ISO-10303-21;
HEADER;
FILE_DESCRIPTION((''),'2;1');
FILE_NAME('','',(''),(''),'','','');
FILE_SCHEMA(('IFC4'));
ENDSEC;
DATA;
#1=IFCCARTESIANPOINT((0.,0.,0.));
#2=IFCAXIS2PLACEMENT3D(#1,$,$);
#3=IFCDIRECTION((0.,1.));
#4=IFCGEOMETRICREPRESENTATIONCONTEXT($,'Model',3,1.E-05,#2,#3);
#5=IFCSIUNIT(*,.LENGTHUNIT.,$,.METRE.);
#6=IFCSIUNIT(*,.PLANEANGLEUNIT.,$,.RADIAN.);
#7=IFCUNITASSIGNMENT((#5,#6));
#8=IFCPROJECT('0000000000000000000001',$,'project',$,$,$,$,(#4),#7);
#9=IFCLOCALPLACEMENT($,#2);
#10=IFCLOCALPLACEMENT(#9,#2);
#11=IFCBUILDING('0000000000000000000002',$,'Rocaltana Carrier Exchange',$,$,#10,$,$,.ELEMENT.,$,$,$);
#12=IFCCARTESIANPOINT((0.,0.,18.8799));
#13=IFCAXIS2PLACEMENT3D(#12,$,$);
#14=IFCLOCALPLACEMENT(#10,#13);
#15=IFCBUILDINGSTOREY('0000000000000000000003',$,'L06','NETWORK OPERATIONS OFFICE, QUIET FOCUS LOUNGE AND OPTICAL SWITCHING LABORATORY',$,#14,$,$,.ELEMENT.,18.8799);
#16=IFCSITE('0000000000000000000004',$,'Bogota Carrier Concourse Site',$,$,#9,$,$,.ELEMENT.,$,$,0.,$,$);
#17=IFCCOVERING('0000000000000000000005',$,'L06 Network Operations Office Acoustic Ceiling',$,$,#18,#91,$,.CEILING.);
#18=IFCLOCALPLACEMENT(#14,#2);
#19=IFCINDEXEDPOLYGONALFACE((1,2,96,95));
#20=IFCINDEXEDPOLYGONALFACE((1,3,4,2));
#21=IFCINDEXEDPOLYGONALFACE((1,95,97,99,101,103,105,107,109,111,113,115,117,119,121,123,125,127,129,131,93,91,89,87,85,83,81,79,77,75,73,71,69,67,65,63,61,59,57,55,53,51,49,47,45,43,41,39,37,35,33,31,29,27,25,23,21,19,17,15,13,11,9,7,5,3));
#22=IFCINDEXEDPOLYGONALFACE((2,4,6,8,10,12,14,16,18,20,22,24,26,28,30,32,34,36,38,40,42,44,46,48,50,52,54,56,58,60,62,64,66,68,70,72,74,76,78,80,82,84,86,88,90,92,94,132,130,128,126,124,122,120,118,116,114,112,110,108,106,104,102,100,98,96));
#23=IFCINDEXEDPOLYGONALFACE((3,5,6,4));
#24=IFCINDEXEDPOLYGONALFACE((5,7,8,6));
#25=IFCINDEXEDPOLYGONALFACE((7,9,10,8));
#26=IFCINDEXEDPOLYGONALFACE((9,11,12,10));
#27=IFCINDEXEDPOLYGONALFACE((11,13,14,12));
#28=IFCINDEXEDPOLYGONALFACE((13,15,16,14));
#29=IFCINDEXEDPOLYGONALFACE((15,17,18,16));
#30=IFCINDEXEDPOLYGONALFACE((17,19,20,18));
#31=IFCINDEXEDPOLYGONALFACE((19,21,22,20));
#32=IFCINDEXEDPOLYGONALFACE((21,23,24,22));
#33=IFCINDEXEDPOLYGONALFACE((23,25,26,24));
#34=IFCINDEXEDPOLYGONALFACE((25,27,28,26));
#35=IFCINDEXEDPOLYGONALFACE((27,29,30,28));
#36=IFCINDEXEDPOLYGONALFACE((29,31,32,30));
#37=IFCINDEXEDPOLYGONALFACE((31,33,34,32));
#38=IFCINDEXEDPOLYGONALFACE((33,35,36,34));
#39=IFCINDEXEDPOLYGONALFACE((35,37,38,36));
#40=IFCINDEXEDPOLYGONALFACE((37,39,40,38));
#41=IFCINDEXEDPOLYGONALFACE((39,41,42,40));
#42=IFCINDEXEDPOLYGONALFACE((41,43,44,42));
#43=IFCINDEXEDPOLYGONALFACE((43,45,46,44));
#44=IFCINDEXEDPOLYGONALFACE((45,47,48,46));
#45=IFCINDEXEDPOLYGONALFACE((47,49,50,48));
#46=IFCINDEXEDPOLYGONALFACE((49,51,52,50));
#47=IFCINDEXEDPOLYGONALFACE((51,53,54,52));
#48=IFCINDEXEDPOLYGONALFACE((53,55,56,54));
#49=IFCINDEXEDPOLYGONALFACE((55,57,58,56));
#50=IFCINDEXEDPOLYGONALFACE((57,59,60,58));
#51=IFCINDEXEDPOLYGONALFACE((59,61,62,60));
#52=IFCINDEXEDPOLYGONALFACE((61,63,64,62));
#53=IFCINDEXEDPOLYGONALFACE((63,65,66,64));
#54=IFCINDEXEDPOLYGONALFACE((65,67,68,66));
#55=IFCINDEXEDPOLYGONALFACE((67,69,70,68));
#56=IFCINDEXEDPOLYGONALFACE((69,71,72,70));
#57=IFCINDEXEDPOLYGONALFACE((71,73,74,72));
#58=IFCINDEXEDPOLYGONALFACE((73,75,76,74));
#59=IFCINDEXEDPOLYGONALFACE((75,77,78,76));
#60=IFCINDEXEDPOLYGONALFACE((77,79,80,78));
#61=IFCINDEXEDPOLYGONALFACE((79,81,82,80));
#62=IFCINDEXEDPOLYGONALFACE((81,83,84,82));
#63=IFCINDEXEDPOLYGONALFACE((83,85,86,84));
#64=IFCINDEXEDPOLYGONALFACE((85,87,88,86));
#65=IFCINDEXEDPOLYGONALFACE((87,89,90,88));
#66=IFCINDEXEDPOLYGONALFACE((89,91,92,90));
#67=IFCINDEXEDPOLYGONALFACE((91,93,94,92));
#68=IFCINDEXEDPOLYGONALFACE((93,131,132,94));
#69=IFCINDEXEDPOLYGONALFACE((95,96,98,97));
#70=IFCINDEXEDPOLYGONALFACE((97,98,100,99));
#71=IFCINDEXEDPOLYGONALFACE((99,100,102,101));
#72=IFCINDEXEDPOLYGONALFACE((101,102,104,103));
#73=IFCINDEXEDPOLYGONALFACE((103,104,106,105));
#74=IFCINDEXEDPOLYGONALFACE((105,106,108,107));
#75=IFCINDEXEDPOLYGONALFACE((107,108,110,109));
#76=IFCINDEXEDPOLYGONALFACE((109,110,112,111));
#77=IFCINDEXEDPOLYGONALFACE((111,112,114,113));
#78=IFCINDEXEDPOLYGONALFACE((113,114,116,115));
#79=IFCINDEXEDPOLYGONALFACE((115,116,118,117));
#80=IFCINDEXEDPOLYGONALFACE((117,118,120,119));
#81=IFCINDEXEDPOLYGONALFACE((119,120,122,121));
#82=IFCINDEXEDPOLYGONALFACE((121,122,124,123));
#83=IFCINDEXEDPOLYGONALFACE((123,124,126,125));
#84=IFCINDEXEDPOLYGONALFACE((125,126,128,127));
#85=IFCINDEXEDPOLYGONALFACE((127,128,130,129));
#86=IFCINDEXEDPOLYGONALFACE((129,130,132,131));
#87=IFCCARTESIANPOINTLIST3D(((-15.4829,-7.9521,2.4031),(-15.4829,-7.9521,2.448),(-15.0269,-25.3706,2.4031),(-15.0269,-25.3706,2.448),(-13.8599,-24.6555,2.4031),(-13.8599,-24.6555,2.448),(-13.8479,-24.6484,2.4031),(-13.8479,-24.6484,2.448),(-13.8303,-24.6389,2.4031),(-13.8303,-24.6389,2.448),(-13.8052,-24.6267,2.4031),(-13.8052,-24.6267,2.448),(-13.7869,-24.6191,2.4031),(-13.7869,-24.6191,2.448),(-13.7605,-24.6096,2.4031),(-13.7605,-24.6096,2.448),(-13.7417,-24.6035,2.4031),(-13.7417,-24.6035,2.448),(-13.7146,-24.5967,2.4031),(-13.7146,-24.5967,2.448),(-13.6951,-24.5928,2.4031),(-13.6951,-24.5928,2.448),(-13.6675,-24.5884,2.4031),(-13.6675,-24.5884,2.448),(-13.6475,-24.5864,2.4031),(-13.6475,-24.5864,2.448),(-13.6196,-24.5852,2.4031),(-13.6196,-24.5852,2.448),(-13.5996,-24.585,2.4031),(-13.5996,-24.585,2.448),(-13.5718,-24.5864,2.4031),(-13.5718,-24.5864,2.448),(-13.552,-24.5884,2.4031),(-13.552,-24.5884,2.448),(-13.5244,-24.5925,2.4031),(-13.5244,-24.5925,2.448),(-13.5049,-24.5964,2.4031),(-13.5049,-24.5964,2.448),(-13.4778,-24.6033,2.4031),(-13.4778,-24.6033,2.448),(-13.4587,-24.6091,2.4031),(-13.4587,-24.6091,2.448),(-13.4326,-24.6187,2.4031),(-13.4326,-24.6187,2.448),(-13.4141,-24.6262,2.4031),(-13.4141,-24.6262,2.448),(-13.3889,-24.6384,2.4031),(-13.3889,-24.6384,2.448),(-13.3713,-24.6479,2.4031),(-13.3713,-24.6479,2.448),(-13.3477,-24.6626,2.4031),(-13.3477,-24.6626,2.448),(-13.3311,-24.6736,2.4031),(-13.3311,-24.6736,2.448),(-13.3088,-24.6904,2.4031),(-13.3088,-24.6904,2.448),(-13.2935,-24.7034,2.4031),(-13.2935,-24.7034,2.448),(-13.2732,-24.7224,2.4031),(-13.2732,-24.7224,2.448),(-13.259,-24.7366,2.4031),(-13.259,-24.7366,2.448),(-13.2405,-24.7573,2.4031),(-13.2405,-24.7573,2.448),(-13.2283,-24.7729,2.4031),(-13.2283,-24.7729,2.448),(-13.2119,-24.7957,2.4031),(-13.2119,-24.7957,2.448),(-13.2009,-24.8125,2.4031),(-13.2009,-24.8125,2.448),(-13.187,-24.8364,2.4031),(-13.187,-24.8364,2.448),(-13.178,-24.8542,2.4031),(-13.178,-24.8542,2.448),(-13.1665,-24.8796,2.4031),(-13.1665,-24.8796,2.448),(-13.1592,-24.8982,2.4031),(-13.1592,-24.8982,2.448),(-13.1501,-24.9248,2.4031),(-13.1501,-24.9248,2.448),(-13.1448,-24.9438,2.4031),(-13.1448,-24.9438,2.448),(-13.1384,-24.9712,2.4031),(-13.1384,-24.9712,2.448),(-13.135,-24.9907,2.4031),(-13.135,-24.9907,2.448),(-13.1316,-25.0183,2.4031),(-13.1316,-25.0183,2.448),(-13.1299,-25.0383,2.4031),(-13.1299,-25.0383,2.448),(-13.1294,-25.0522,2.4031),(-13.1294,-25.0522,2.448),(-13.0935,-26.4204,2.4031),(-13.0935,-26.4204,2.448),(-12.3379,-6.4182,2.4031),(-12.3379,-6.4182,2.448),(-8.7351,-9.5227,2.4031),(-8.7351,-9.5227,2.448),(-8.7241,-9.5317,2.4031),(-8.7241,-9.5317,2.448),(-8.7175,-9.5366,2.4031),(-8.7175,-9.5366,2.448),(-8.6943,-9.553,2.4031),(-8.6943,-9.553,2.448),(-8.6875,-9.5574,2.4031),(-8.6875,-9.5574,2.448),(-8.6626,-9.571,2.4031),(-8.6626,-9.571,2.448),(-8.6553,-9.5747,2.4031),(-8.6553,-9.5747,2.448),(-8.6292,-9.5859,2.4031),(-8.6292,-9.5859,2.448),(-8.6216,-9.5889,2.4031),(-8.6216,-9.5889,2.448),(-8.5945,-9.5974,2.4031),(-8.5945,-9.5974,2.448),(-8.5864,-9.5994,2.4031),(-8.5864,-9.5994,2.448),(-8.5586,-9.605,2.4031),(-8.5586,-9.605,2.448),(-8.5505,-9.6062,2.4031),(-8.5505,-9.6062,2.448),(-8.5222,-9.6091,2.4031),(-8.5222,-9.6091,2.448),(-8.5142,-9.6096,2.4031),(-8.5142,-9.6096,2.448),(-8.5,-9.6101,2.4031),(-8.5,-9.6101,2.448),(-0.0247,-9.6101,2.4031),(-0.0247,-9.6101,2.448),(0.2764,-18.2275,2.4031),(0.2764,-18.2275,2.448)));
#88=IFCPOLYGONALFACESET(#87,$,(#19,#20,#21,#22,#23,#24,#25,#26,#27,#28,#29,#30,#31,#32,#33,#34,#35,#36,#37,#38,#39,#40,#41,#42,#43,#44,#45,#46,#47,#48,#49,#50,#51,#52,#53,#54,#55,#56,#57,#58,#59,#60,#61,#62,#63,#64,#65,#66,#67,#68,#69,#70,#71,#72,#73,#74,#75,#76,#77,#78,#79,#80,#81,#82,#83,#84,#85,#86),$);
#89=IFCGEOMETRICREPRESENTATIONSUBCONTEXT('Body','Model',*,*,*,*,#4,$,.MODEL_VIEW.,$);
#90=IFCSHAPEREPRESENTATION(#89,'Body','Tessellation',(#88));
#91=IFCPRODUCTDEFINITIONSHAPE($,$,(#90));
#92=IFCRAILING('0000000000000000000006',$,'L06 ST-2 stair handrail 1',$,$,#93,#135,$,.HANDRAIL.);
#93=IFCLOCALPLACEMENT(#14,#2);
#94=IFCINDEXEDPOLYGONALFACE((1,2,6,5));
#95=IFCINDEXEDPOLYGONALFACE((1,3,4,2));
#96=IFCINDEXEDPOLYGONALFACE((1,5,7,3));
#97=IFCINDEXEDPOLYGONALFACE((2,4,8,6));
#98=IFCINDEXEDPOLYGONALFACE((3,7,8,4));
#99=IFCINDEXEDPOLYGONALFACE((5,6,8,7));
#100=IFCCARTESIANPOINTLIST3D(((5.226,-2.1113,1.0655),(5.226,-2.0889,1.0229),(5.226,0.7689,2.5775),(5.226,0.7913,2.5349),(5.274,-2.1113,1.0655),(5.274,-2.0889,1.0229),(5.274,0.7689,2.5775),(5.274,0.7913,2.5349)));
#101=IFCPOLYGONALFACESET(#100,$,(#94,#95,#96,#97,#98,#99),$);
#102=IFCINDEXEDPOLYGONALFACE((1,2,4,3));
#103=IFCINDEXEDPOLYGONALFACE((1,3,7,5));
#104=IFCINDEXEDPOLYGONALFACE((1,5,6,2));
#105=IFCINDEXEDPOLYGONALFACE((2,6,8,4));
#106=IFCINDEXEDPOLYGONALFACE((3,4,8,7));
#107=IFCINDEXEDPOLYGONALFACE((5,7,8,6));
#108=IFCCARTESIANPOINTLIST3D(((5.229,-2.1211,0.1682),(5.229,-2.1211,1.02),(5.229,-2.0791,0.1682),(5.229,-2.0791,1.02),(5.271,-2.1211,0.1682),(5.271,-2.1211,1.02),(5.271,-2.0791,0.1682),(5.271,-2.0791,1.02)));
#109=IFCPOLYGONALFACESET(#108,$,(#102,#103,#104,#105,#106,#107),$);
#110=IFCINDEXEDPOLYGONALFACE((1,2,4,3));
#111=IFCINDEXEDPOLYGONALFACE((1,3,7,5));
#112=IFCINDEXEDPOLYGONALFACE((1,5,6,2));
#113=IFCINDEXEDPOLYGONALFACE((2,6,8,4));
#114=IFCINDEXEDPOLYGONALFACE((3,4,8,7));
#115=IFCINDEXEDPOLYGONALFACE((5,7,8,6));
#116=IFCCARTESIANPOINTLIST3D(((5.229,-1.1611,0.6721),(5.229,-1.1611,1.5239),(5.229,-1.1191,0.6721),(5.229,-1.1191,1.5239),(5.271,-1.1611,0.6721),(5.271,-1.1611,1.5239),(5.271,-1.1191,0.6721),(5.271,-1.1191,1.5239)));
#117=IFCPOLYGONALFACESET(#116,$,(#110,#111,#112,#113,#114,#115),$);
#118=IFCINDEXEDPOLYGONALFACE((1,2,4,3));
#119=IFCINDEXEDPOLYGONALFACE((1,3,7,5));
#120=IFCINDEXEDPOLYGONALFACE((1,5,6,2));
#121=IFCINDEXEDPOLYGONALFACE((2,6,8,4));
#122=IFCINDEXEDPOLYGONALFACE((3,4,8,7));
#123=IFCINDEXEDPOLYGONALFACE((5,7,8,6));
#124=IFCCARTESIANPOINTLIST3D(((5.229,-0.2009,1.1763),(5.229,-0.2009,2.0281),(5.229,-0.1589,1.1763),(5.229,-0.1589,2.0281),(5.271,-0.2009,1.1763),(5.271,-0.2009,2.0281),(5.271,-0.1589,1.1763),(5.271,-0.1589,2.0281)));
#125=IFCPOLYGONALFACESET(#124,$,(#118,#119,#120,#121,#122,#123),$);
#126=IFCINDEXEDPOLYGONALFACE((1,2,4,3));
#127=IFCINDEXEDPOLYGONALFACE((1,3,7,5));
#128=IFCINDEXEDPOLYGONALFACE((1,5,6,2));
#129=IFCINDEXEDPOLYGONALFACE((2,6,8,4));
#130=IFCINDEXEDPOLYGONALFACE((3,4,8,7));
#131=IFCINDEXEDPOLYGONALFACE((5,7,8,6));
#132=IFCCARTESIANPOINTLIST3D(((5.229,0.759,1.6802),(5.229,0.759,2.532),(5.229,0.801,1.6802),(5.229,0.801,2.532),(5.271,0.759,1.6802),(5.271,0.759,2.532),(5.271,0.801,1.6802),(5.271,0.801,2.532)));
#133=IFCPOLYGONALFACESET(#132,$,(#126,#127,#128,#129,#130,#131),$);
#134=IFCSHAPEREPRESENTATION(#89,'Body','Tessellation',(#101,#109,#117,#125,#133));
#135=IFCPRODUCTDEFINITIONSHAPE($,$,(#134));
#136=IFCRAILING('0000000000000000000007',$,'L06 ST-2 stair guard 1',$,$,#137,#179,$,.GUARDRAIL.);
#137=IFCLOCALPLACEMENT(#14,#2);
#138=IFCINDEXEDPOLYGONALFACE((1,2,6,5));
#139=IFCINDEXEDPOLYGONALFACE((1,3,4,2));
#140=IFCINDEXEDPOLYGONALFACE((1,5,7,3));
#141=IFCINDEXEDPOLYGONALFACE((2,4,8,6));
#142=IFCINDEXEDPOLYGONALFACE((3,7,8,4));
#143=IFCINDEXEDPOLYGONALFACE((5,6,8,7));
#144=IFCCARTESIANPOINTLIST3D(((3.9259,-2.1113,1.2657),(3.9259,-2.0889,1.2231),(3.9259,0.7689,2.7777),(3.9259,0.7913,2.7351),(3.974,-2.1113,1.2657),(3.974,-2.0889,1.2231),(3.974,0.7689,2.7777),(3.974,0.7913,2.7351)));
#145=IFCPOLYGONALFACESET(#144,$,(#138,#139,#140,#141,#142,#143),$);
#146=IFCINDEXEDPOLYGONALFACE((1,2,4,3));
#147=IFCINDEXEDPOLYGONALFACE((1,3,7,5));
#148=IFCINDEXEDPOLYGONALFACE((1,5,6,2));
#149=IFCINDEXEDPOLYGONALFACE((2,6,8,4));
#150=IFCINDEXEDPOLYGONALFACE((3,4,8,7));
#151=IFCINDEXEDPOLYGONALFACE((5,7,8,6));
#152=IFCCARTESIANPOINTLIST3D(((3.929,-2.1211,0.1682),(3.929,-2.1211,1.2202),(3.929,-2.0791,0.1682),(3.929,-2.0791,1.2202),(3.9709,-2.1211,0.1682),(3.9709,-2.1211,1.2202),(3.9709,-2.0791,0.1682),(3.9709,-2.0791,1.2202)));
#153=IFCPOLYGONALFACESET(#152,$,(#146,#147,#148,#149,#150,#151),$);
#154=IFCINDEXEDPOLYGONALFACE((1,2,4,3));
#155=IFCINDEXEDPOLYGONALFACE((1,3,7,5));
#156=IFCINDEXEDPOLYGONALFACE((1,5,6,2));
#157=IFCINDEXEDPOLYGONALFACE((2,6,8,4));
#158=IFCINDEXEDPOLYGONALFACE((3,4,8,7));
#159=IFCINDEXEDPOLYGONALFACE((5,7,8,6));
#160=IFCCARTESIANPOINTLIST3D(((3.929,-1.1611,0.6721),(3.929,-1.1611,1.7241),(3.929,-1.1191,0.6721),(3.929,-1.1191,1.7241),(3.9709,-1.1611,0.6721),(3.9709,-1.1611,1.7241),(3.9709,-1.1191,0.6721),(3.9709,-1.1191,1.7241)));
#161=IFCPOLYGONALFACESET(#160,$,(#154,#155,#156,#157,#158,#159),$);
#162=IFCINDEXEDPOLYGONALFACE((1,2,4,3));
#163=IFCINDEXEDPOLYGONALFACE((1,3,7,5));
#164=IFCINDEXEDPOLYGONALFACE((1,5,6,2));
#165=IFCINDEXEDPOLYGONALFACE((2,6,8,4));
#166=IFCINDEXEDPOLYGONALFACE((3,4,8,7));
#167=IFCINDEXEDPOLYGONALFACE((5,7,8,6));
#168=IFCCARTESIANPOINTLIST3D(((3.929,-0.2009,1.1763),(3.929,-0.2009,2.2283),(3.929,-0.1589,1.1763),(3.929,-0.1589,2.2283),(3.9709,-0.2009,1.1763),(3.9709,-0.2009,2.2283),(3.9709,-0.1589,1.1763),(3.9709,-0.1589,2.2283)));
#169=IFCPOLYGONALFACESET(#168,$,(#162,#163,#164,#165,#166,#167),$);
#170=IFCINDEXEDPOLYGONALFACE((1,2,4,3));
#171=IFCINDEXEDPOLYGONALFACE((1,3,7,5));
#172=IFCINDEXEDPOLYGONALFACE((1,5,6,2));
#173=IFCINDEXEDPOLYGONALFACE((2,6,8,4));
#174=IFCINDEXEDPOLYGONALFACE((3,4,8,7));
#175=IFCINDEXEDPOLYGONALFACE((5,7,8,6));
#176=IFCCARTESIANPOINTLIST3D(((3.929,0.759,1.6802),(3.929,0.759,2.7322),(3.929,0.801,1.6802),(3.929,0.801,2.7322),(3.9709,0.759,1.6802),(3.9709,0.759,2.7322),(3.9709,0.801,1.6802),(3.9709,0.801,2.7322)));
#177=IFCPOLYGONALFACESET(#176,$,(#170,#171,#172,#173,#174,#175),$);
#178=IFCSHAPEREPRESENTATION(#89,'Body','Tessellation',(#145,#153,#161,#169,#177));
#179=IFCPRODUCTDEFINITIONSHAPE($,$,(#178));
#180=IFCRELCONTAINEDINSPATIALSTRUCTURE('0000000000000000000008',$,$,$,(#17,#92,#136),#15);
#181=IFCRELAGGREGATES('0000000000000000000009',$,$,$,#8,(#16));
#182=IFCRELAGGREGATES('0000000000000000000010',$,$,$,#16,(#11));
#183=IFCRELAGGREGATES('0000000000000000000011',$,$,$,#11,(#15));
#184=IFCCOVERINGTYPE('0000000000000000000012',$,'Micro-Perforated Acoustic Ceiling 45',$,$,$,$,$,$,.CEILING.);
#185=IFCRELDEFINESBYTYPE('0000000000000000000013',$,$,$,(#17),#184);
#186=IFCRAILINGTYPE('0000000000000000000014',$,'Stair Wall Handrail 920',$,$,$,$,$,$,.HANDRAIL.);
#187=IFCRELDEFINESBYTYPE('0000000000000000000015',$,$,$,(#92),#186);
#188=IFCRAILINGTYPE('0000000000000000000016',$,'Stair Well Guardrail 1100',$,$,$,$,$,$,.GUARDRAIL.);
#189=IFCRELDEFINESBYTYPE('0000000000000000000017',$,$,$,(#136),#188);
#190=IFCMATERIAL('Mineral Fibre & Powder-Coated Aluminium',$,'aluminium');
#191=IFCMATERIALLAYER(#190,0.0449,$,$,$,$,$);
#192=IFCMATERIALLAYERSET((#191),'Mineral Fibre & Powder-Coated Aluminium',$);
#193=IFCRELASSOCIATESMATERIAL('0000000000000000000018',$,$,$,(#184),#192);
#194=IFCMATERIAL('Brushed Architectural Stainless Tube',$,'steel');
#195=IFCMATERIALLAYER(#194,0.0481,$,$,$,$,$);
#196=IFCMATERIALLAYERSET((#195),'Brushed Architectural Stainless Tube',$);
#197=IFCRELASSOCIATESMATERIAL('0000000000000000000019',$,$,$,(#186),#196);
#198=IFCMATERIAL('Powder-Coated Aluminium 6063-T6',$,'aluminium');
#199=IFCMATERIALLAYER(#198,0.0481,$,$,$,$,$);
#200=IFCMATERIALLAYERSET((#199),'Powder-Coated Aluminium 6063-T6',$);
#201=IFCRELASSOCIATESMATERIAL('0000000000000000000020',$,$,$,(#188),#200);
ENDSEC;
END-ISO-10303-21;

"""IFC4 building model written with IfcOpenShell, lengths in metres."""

from ifc_helpers import new_model, si_unit, direction, frame, origin, origin_2d, place, context, subcontext, project, spatial, polyline, rectangle, outline, extrude, material, layer, layer_set, type_object, element, save


model = new_model("IFC4")

# Units and contexts
model_context = context("Model", 3, precision=1e-05, world=origin(), true_north=direction((0.0, 1.0)))
body_context = subcontext(model_context, "Body", "Model", "MODEL_VIEW")
ifc_project = project(units=[si_unit("LENGTHUNIT", "METRE"), si_unit("PLANEANGLEUNIT", "RADIAN")], contexts=[model_context])

# Site, building, storey
site_placement = place(None, origin())
site = spatial("IfcSite", under=ifc_project, at=site_placement, Name="Bogota Carrier Concourse Site", CompositionType="ELEMENT", RefElevation=0.0)
building_placement = place(site_placement, origin())
building = spatial("IfcBuilding", under=site, at=building_placement, Name="Rocaltana Carrier Exchange", CompositionType="ELEMENT")
storey_placement = place(building_placement, frame((0.0, 0.0, 18.8799)))
storey = spatial("IfcBuildingStorey", under=building, at=storey_placement, Name="L06", Description="NETWORK OPERATIONS OFFICE, QUIET FOCUS LOUNGE AND OPTICAL SWITCHING LABORATORY", CompositionType="ELEMENT", Elevation=18.8799)

# Covering
ifc_material_1 = material(Name="Mineral Fibre & Powder-Coated Aluminium", Category="aluminium")
ifc_layer_1 = layer(ifc_material_1, 0.0449)
ifc_layer_set_1 = layer_set([ifc_layer_1], Name="Mineral Fibre & Powder-Coated Aluminium")
covering_type = type_object("IfcCoveringType", Name="Micro-Perforated Acoustic Ceiling 45", PredefinedType="CEILING", material=ifc_layer_set_1)
covering_placement = place(storey_placement, frame((0.0, 0.0, 2.4031)))
element("IfcCovering", 1, at=covering_placement, inside=storey, type_object=covering_type, Name="L06 Network Operations Office Acoustic Ceiling", PredefinedType="CEILING", context=body_context, shape_type="SweptSolid", body=[
    extrude(outline(polyline([(-13.1294, -25.0522), (-13.1299, -25.0383), (-13.1316, -25.0183), (-13.135, -24.9907), (-13.1384, -24.9712), (-13.1448, -24.9438), (-13.1501, -24.9248), (-13.1592, -24.8982), (-13.1665, -24.8796), (-13.178, -24.8542), (-13.187, -24.8364), (-13.2009, -24.8125), (-13.2119, -24.7957), (-13.2283, -24.7729), (-13.2405, -24.7573), (-13.259, -24.7366), (-13.2732, -24.7224), (-13.2935, -24.7034), (-13.3088, -24.6904), (-13.3311, -24.6736), (-13.3477, -24.6626), (-13.3713, -24.6479), (-13.3889, -24.6384), (-13.4141, -24.6262), (-13.4326, -24.6187), (-13.4587, -24.6091), (-13.4778, -24.6033), (-13.5049, -24.5964), (-13.5244, -24.5925), (-13.552, -24.5884), (-13.5718, -24.5864), (-13.5996, -24.585), (-13.6196, -24.5852), (-13.6475, -24.5864), (-13.6675, -24.5884), (-13.6951, -24.5928), (-13.7146, -24.5967), (-13.7417, -24.6035), (-13.7605, -24.6096), (-13.7869, -24.6191), (-13.8052, -24.6267), (-13.8303, -24.6389), (-13.8479, -24.6484), (-13.8599, -24.6555), (-15.0269, -25.3706), (-15.4829, -7.9521), (-12.3379, -6.4182), (-8.7351, -9.5227), (-8.7241, -9.5317), (-8.7175, -9.5366), (-8.6943, -9.553), (-8.6875, -9.5574), (-8.6626, -9.571), (-8.6553, -9.5747), (-8.6292, -9.5859), (-8.6216, -9.5889), (-8.5945, -9.5974), (-8.5864, -9.5994), (-8.5586, -9.605), (-8.5505, -9.6062), (-8.5222, -9.6091), (-8.5142, -9.6096), (-8.5, -9.6101), (-0.0247, -9.6101), (0.2764, -18.2275), (-13.0935, -26.4204), (-13.1294, -25.0522)])), origin(), (0.0, 0.0, 1.0), 0.0449),
])

# Railings
ifc_material_2 = material(Name="Brushed Architectural Stainless Tube", Category="steel")
ifc_layer_2 = layer(ifc_material_2, 0.0481)
ifc_layer_set_2 = layer_set([ifc_layer_2], Name="Brushed Architectural Stainless Tube")
railing_type_1 = type_object("IfcRailingType", Name="Stair Wall Handrail 920", PredefinedType="HANDRAIL", material=ifc_layer_set_2)
railing_1_placement = place(storey_placement, frame((5.25, -2.1001, 0.1682)))
element("IfcRailing", 2, at=railing_1_placement, inside=storey, type_object=railing_type_1, Name="L06 ST-2 stair handrail 1", PredefinedType="HANDRAIL", context=body_context, shape_type="SweptSolid", body=[
    extrude(rectangle(XDim=0.0481, YDim=0.0481, at=origin_2d()), frame((0.0, 0.0, 0.876), z_axis=(0.0, 0.885411, 0.464809), x_axis=(-1.0, 0.0, 0.0)), (0.0, 0.0, 1.0), 3.2529),
    extrude(rectangle(XDim=0.042, YDim=0.042, at=origin_2d()), origin(), (0.0, 0.0, 1.0), 0.8518),
    extrude(rectangle(XDim=0.042, YDim=0.042, at=origin_2d()), frame((0.0, 0.96, 0.5039)), (0.0, 0.0, 1.0), 0.8518),
    extrude(rectangle(XDim=0.042, YDim=0.042, at=origin_2d()), frame((0.0, 1.9202, 1.0081)), (0.0, 0.0, 1.0), 0.8518),
    extrude(rectangle(XDim=0.042, YDim=0.042, at=origin_2d()), frame((0.0, 2.8801, 1.512)), (0.0, 0.0, 1.0), 0.8518),
])
ifc_material_3 = material(Name="Powder-Coated Aluminium 6063-T6", Category="aluminium")
ifc_layer_3 = layer(ifc_material_3, 0.0481)
ifc_layer_set_3 = layer_set([ifc_layer_3], Name="Powder-Coated Aluminium 6063-T6")
railing_type_2 = type_object("IfcRailingType", Name="Stair Well Guardrail 1100", PredefinedType="GUARDRAIL", material=ifc_layer_set_3)
railing_2_placement = place(storey_placement, frame((3.95, -2.1001, 0.1682)))
element("IfcRailing", 3, at=railing_2_placement, inside=storey, type_object=railing_type_2, Name="L06 ST-2 stair guard 1", PredefinedType="GUARDRAIL", context=body_context, shape_type="SweptSolid", body=[
    extrude(rectangle(XDim=0.0481, YDim=0.0481, at=origin_2d()), frame((0.0, 0.0, 1.0762), z_axis=(0.0, 0.885411, 0.464809), x_axis=(-1.0, 0.0, 0.0)), (0.0, 0.0, 1.0), 3.2529),
    extrude(rectangle(XDim=0.042, YDim=0.042, at=origin_2d()), origin(), (0.0, 0.0, 1.0), 1.052),
    extrude(rectangle(XDim=0.042, YDim=0.042, at=origin_2d()), frame((0.0, 0.96, 0.5039)), (0.0, 0.0, 1.0), 1.052),
    extrude(rectangle(XDim=0.042, YDim=0.042, at=origin_2d()), frame((0.0, 1.9202, 1.0081)), (0.0, 0.0, 1.0), 1.052),
    extrude(rectangle(XDim=0.042, YDim=0.042, at=origin_2d()), frame((0.0, 2.8801, 1.512)), (0.0, 0.0, 1.0), 1.052),
])

save(model, "model.ifc")
